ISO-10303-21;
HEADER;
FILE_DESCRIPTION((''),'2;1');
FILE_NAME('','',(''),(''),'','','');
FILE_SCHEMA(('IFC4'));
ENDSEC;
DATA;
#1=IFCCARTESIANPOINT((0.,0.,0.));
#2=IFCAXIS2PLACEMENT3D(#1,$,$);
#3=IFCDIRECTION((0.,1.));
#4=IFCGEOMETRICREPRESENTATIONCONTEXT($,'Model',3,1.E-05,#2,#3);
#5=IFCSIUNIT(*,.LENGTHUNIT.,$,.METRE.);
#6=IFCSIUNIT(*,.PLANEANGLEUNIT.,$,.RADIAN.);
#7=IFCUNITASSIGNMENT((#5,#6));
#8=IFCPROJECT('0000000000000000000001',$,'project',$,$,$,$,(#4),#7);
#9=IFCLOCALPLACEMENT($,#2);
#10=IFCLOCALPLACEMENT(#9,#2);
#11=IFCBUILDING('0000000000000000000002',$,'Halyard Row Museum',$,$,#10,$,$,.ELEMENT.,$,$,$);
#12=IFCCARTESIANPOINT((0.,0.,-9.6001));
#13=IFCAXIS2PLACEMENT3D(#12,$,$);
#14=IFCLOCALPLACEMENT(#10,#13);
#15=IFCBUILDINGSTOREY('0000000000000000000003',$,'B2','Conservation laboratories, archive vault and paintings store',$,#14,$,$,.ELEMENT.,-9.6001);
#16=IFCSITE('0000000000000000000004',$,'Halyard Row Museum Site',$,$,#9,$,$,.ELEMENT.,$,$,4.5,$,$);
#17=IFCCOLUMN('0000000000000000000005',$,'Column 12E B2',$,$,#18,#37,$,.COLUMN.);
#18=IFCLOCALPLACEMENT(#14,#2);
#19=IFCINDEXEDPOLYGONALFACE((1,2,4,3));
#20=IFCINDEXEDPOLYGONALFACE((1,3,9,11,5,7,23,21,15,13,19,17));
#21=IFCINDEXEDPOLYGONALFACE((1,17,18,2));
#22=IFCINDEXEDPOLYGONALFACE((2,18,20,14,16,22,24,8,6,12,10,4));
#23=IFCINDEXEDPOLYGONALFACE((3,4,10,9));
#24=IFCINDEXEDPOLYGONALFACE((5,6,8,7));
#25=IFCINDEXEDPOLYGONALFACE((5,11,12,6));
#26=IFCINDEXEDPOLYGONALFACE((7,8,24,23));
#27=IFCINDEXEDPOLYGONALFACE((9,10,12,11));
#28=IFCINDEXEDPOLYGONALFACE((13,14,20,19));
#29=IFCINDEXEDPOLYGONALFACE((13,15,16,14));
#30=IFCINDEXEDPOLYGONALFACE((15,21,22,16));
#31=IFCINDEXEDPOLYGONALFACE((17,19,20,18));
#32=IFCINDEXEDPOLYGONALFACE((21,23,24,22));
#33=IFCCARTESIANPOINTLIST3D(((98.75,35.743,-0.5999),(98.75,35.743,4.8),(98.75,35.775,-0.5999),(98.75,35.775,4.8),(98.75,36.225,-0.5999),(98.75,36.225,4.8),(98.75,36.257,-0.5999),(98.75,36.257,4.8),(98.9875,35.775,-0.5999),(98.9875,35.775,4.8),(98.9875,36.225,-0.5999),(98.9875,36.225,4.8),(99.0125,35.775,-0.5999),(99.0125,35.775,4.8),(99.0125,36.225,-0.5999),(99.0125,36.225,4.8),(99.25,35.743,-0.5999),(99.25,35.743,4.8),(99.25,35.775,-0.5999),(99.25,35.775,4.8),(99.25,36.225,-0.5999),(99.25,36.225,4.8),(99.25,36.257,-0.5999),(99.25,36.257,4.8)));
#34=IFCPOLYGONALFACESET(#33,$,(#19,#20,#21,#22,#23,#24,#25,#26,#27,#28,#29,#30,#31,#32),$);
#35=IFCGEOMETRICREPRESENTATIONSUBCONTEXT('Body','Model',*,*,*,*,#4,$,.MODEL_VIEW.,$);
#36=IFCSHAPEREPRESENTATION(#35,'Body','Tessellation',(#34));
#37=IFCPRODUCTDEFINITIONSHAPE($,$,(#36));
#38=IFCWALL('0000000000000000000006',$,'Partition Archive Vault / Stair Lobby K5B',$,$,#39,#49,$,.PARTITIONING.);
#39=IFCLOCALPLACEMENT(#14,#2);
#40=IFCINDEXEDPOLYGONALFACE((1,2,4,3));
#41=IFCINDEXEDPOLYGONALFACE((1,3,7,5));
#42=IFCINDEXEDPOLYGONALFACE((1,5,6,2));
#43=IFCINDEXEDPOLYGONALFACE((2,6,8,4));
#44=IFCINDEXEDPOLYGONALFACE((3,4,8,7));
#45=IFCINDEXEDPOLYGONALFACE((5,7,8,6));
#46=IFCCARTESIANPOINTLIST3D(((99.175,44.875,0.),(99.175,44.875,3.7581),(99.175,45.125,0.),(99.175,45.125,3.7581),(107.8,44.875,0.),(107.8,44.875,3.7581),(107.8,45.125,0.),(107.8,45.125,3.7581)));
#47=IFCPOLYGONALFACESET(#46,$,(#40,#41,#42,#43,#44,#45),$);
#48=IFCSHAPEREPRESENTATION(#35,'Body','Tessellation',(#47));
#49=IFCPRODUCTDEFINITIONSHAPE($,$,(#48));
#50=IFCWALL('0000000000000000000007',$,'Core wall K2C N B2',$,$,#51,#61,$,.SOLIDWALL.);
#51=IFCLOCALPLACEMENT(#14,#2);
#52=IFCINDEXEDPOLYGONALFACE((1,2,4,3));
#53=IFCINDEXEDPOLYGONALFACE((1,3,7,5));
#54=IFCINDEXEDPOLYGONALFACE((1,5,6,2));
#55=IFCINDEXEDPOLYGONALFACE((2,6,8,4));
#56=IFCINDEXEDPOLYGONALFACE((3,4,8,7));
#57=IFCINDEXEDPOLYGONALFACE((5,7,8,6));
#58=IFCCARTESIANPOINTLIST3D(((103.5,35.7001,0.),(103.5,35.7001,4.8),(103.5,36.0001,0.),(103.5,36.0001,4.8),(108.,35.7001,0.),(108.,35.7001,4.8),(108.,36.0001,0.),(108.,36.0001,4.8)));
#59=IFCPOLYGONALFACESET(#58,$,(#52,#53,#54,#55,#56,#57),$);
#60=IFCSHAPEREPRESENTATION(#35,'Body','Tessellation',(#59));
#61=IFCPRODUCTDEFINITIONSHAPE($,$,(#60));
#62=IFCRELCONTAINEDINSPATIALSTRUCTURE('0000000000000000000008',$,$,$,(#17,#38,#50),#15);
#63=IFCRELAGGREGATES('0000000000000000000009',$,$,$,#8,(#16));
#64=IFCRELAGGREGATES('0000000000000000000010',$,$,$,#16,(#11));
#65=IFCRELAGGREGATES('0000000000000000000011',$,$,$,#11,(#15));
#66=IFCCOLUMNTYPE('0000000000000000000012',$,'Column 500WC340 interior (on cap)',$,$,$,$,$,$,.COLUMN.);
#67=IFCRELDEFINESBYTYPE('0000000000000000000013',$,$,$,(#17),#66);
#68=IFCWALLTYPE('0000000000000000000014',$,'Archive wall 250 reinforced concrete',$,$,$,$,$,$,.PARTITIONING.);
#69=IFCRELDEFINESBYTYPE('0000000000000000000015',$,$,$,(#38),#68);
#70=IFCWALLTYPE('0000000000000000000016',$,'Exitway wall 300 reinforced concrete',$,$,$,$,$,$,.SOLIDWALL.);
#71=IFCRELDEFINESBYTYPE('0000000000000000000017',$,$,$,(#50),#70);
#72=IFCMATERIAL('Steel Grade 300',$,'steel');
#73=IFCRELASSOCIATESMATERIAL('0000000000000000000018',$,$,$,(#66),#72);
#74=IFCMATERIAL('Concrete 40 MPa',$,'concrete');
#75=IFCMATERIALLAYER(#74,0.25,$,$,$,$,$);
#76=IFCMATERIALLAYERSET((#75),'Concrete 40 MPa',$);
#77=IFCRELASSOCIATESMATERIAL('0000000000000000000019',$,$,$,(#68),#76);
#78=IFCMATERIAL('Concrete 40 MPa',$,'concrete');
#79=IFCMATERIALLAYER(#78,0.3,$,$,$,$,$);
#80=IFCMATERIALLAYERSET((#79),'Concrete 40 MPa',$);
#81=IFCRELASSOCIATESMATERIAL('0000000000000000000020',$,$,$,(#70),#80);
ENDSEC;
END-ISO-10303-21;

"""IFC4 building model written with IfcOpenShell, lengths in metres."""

from ifc_helpers import new_model, si_unit, direction, frame, frame_2d, origin, origin_2d, place, context, subcontext, project, spatial, rectangle, i_section, extrude, material, layer, layer_set, material_profile, profile_set, type_object, element, save


model = new_model("IFC4")

# Units and contexts
model_context = context("Model", 3, precision=1e-05, world=origin(), true_north=direction((0.0, 1.0)))
body_context = subcontext(model_context, "Body", "Model", "MODEL_VIEW")
ifc_project = project(units=[si_unit("LENGTHUNIT", "METRE"), si_unit("PLANEANGLEUNIT", "RADIAN")], contexts=[model_context])

# Site, building, storey
site_placement = place(None, origin())
site = spatial("IfcSite", under=ifc_project, at=site_placement, Name="Halyard Row Museum Site", CompositionType="ELEMENT", RefElevation=4.5)
building_placement = place(site_placement, origin())
building = spatial("IfcBuilding", under=site, at=building_placement, Name="Halyard Row Museum", CompositionType="ELEMENT")
storey_placement = place(building_placement, frame((0.0, 0.0, -9.6001)))
storey = spatial("IfcBuildingStorey", under=building, at=storey_placement, Name="B2", Description="Conservation laboratories, archive vault and paintings store", CompositionType="ELEMENT", Elevation=-9.6001)

# Column
ifc_material_1 = material(Name="Steel Grade 300", Category="steel")
ifc_material_profile_1 = material_profile(ifc_material_1, i_section(OverallWidth=0.5, OverallDepth=0.5139, WebThickness=0.0249, FlangeThickness=0.032, at=origin_2d()), Name="500WC340")
ifc_profile_set_1 = profile_set([ifc_material_profile_1], Name="Steel Grade 300")
column_type_1 = type_object("IfcColumnType", Name="Column 500WC340 interior (on cap)", PredefinedType="COLUMN", material=ifc_profile_set_1)
column_1_placement = place(storey_placement, frame((99.0, 36.0, -0.5999), z_axis=(0.0, 0.0, 1.0), x_axis=(1.0, 0.0, 0.0)))
element("IfcColumn", 1, at=column_1_placement, inside=storey, type_object=column_type_1, Name="Column 12E B2", PredefinedType="COLUMN", context=body_context, shape_type="SweptSolid", body=[
    extrude(i_section(OverallWidth=0.5, OverallDepth=0.5139, WebThickness=0.0249, FlangeThickness=0.032, at=origin_2d()), origin(), (0.0, 0.0, 1.0), 5.3999),
])

# Walls
ifc_material_2 = material(Name="Concrete 40 MPa", Category="concrete")
ifc_layer_1 = layer(ifc_material_2, 0.25)
ifc_layer_set_1 = layer_set([ifc_layer_1], Name="Concrete 40 MPa")
wall_type_1 = type_object("IfcWallType", Name="Archive wall 250 reinforced concrete", PredefinedType="PARTITIONING", material=ifc_layer_set_1)
wall_1_placement = place(storey_placement, frame((99.175, 45.0, 0.0), z_axis=(0.0, 0.0, 1.0), x_axis=(1.0, 0.0, 0.0)))
element("IfcWall", 2, at=wall_1_placement, inside=storey, type_object=wall_type_1, Name="Partition Archive Vault / Stair Lobby K5B", PredefinedType="PARTITIONING", context=body_context, shape_type="SweptSolid", body=[
    extrude(rectangle(XDim=8.625, YDim=0.25, at=frame_2d((4.3125, 0.0))), origin(), (0.0, 0.0, 1.0), 3.7581),
])
ifc_material_3 = material(Name="Concrete 40 MPa", Category="concrete")
ifc_layer_2 = layer(ifc_material_3, 0.3)
ifc_layer_set_2 = layer_set([ifc_layer_2], Name="Concrete 40 MPa")
wall_type_2 = type_object("IfcWallType", Name="Exitway wall 300 reinforced concrete", PredefinedType="SOLIDWALL", material=ifc_layer_set_2)
wall_2_placement = place(storey_placement, frame((103.5, 35.8501, 0.0), z_axis=(0.0, 0.0, 1.0), x_axis=(1.0, 0.0, 0.0)))
element("IfcWall", 3, at=wall_2_placement, inside=storey, type_object=wall_type_2, Name="Core wall K2C N B2", PredefinedType="SOLIDWALL", context=body_context, shape_type="SweptSolid", body=[
    extrude(rectangle(XDim=4.5, YDim=0.3, at=frame_2d((2.25, 0.0))), origin(), (0.0, 0.0, 1.0), 4.8),
])

save(model, "model.ifc")
